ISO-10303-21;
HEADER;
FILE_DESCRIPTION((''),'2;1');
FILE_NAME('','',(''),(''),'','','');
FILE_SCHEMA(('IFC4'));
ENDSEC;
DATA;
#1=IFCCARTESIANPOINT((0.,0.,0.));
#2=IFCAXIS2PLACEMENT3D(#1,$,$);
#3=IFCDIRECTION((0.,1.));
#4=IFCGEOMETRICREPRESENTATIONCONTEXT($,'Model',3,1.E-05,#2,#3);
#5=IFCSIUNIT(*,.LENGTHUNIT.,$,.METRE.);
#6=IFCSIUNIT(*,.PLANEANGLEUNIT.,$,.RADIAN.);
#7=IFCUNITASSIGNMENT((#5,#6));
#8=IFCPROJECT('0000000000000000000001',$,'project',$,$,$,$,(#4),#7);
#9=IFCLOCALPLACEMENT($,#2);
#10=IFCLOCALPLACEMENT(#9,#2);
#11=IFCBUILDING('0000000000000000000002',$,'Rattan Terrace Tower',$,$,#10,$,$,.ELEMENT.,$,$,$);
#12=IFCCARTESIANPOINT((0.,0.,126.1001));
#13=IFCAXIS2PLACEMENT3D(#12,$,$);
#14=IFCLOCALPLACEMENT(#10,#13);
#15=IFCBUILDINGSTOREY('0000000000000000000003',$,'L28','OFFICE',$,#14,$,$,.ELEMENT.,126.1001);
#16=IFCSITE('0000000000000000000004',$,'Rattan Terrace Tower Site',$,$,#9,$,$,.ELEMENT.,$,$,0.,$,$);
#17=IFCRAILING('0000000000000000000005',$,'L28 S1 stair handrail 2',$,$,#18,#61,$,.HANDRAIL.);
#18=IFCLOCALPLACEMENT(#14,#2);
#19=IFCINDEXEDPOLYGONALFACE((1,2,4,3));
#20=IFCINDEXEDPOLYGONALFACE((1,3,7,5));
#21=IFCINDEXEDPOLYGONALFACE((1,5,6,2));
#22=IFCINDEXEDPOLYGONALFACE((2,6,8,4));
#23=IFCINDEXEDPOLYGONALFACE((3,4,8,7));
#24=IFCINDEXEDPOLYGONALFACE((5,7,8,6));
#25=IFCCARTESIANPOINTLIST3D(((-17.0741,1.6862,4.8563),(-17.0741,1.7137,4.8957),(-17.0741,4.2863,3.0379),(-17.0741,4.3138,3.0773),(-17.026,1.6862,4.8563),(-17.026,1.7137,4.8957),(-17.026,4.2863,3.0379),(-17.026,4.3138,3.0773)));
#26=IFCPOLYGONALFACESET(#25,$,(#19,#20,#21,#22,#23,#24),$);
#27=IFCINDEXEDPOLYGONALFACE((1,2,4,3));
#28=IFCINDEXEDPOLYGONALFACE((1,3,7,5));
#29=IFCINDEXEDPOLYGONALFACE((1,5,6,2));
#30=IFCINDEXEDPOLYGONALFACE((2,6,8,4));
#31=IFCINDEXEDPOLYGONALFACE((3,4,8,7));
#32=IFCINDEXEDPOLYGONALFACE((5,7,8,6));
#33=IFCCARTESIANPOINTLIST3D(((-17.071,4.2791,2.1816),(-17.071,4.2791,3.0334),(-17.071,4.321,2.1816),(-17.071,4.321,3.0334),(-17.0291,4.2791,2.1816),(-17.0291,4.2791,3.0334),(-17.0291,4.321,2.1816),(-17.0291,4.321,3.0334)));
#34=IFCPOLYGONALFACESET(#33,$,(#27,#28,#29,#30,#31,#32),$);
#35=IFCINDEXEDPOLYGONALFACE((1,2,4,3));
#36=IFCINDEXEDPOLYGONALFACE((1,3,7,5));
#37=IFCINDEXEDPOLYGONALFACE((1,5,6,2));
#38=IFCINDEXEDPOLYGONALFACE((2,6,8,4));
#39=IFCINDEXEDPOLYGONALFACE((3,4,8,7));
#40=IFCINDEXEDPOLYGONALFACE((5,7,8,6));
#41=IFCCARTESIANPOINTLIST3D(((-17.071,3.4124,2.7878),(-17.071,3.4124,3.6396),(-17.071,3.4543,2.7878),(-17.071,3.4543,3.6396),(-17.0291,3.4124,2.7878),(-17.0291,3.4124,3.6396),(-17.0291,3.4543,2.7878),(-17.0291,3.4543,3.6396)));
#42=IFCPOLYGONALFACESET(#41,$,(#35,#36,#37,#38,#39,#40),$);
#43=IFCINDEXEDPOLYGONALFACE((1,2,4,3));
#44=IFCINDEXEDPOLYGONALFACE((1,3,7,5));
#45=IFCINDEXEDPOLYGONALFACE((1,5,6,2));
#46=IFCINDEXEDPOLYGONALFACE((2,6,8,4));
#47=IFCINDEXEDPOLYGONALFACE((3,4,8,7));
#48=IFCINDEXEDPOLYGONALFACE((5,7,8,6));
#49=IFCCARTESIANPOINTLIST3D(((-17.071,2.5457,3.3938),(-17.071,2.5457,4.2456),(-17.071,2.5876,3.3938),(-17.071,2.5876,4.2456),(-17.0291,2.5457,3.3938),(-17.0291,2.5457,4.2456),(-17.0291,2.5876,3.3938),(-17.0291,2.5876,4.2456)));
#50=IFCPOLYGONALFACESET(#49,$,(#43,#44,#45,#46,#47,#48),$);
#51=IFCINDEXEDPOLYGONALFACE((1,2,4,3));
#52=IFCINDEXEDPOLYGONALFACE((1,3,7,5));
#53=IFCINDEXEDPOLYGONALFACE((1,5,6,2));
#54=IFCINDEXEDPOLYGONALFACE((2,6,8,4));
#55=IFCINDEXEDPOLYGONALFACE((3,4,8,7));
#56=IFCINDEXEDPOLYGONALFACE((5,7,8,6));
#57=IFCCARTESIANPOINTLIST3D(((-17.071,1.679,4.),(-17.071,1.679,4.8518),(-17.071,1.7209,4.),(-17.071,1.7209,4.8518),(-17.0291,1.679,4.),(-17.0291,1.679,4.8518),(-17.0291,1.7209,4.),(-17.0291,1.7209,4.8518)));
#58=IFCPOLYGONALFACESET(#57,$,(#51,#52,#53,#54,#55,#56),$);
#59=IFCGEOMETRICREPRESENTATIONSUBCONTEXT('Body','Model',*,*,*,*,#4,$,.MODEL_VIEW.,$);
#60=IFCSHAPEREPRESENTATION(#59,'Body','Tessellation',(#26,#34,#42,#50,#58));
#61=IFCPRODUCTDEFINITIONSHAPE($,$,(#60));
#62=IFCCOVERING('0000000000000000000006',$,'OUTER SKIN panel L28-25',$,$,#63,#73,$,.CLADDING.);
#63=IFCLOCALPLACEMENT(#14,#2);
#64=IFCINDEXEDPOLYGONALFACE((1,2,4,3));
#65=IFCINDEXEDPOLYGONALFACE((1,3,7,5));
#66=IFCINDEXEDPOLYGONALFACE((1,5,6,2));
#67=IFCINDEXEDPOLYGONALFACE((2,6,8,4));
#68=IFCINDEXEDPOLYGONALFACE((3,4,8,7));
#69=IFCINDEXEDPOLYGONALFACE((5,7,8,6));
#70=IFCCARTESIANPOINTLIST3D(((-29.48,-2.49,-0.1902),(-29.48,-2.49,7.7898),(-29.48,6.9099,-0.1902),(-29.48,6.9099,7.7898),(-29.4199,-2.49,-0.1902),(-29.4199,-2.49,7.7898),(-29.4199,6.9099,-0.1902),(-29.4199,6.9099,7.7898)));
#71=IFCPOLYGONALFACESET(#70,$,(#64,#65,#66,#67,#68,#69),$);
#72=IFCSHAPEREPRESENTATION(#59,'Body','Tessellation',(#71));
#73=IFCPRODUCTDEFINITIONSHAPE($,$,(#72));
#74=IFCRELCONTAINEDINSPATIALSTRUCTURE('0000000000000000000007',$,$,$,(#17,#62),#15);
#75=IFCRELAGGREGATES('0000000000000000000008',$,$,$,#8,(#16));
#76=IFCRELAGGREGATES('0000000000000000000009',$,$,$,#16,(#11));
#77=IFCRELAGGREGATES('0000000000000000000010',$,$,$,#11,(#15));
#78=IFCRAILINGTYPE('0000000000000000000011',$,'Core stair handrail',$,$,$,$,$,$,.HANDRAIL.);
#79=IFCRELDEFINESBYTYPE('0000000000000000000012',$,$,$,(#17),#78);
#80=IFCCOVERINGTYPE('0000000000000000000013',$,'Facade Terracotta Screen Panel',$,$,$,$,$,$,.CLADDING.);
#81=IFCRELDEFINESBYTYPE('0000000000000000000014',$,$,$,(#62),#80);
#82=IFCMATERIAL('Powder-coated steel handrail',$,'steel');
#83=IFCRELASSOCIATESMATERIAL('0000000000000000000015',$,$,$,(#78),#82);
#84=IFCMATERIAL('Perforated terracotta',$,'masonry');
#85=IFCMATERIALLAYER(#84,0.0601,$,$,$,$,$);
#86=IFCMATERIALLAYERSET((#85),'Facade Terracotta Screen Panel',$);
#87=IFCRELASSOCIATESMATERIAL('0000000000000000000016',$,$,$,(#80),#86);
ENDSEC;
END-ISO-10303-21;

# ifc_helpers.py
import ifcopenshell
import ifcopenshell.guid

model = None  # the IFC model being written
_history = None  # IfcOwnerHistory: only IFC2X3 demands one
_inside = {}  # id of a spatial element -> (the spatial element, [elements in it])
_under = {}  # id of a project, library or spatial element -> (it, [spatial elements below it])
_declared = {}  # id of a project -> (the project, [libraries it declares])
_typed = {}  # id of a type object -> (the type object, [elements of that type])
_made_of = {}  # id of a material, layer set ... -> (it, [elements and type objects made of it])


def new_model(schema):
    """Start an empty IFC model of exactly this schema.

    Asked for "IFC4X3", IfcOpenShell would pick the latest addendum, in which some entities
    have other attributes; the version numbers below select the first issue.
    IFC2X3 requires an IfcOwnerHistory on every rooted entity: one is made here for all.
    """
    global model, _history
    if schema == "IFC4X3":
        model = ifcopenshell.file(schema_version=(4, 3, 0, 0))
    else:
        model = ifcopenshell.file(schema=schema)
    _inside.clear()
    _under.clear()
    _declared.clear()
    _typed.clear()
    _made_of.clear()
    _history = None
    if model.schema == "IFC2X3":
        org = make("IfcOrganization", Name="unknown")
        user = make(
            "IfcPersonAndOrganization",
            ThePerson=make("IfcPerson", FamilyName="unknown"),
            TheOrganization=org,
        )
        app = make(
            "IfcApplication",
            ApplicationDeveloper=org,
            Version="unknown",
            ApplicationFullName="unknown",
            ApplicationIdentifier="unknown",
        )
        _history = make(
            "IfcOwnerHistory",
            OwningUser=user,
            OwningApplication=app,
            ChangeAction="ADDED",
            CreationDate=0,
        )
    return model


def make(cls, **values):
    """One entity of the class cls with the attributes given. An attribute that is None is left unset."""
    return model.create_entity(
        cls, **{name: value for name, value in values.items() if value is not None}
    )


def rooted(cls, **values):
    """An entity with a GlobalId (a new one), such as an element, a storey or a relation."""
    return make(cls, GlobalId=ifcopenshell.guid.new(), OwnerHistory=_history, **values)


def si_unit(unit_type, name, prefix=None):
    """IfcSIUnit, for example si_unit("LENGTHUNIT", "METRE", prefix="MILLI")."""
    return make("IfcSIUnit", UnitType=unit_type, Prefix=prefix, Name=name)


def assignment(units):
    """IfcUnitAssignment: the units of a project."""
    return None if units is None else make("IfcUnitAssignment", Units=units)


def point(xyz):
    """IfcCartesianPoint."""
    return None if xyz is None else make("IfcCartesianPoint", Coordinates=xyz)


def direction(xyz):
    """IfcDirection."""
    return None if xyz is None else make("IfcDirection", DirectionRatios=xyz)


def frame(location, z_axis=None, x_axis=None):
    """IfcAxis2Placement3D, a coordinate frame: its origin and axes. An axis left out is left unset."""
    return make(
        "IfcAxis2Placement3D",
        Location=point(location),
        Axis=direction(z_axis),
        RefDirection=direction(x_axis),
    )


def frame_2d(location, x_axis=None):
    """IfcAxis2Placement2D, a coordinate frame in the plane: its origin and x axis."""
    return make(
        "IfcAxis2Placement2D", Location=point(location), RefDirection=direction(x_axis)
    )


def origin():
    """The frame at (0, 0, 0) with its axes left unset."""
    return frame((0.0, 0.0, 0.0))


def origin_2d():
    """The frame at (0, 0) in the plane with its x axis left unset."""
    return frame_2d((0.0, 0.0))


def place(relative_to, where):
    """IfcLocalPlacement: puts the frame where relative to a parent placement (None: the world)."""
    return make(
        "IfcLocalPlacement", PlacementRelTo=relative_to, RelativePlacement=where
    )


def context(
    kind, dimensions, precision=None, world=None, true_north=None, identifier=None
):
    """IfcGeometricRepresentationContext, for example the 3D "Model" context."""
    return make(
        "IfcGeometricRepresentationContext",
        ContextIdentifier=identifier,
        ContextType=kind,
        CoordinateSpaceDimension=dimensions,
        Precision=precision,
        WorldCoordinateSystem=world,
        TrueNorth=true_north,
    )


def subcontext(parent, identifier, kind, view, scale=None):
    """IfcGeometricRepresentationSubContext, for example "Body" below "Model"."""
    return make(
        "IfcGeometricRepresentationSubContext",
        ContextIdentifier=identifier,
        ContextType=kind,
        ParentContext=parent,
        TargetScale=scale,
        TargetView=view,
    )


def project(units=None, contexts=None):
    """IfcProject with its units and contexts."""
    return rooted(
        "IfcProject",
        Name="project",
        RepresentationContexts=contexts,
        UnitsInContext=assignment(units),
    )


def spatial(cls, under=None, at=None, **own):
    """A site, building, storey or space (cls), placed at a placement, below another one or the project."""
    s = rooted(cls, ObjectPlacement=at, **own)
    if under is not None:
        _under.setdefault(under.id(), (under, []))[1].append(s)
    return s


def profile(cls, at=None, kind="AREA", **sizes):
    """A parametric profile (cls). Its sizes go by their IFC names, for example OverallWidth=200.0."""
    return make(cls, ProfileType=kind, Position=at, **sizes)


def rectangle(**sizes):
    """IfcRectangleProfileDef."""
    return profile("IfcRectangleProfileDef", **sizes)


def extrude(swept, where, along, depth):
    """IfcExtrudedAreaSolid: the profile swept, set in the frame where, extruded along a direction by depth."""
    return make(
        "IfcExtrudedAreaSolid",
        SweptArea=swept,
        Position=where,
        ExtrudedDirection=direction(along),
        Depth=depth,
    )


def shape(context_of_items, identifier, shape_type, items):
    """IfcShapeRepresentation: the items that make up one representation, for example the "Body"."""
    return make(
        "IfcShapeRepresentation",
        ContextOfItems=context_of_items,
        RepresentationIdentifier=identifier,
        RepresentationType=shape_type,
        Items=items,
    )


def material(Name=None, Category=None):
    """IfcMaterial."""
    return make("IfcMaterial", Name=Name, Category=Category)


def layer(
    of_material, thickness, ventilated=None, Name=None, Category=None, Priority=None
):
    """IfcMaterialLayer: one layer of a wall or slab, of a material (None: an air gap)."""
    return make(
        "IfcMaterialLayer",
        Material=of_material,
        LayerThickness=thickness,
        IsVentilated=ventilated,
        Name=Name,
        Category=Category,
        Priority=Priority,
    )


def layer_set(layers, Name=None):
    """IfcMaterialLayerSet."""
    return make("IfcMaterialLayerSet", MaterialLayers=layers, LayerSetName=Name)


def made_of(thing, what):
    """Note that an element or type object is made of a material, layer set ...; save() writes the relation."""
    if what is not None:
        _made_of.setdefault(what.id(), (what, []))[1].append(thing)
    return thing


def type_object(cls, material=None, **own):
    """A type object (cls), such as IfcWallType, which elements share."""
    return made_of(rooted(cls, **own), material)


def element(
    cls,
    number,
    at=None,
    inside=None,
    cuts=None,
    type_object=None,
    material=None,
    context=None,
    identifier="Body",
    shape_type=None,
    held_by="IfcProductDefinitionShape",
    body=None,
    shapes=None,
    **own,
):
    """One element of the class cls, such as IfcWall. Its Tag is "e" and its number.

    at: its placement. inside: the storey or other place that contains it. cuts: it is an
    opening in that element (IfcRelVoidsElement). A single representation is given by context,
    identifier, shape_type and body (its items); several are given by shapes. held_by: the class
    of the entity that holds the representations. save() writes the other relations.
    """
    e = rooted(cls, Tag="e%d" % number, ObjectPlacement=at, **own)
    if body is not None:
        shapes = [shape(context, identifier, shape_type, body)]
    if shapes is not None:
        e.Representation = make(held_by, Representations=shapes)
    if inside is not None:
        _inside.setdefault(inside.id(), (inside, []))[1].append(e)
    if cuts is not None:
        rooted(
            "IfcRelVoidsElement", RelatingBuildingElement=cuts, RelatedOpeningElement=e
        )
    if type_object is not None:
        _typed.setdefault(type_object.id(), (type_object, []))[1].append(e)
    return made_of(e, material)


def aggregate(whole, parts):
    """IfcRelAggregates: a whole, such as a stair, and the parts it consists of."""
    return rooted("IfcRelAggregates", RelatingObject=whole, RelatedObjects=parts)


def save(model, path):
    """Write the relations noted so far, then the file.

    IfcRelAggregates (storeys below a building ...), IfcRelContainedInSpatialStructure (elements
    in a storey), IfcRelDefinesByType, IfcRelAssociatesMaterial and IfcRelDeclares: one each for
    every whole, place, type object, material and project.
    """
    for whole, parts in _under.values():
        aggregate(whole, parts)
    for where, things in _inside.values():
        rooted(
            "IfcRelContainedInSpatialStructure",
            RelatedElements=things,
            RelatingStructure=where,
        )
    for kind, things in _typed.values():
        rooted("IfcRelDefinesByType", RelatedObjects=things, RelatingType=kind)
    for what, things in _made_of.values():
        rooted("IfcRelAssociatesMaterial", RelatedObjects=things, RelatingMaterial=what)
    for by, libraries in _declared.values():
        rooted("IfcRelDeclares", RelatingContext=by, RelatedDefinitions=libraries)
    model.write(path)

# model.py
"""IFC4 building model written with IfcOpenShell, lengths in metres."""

from ifc_helpers import new_model, si_unit, direction, frame, origin, origin_2d, place, context, subcontext, project, spatial, rectangle, extrude, material, layer, layer_set, type_object, element, save


model = new_model("IFC4")

# Units and contexts
model_context = context("Model", 3, precision=1e-05, world=origin(), true_north=direction((0.0, 1.0)))
body_context = subcontext(model_context, "Body", "Model", "MODEL_VIEW")
ifc_project = project(units=[si_unit("LENGTHUNIT", "METRE"), si_unit("PLANEANGLEUNIT", "RADIAN")], contexts=[model_context])

# Site, building, storey
site_placement = place(None, origin())
site = spatial("IfcSite", under=ifc_project, at=site_placement, Name="Rattan Terrace Tower Site", CompositionType="ELEMENT", RefElevation=0.0)
building_placement = place(site_placement, origin())
building = spatial("IfcBuilding", under=site, at=building_placement, Name="Rattan Terrace Tower", CompositionType="ELEMENT")
storey_placement = place(building_placement, frame((0.0, 0.0, 126.1001)))
storey = spatial("IfcBuildingStorey", under=building, at=storey_placement, Name="L28", Description="OFFICE", CompositionType="ELEMENT", Elevation=126.1001)

# Railing
ifc_material_1 = material(Name="Powder-coated steel handrail", Category="steel")
railing_type_1 = type_object("IfcRailingType", Name="Core stair handrail", PredefinedType="HANDRAIL", material=ifc_material_1)
railing_1_placement = place(storey_placement, frame((-17.05, 4.3, 2.1816)))
element("IfcRailing", 1, at=railing_1_placement, inside=storey, type_object=railing_type_1, Name="L28 S1 stair handrail 2", PredefinedType="HANDRAIL", context=body_context, shape_type="SweptSolid", body=[
    extrude(rectangle(XDim=0.0481, YDim=0.0481, at=origin_2d()), frame((0.0, 0.0, 0.876), z_axis=(0.0, -0.819485, 0.573101), x_axis=(1.0, 0.0, 0.0)), (0.0, 0.0, 1.0), 3.1729),
    extrude(rectangle(XDim=0.042, YDim=0.042, at=origin_2d()), origin(), (0.0, 0.0, 1.0), 0.8518),
    extrude(rectangle(XDim=0.042, YDim=0.042, at=origin_2d()), frame((0.0, -0.8667, 0.6062)), (0.0, 0.0, 1.0), 0.8518),
    extrude(rectangle(XDim=0.042, YDim=0.042, at=origin_2d()), frame((0.0, -1.7334, 1.2122)), (0.0, 0.0, 1.0), 0.8518),
    extrude(rectangle(XDim=0.042, YDim=0.042, at=origin_2d()), frame((0.0, -2.6001, 1.8184)), (0.0, 0.0, 1.0), 0.8518),
])

# Covering
ifc_material_2 = material(Name="Perforated terracotta", Category="masonry")
ifc_layer_1 = layer(ifc_material_2, 0.0601)
ifc_layer_set_1 = layer_set([ifc_layer_1], Name="Facade Terracotta Screen Panel")
covering_type = type_object("IfcCoveringType", Name="Facade Terracotta Screen Panel", PredefinedType="CLADDING", material=ifc_layer_set_1)
covering_placement = place(storey_placement, frame((-29.45, 2.21, -0.1902), z_axis=(0.0, 0.0, 1.0), x_axis=(0.0, -1.0, 0.0)))
element("IfcCovering", 2, at=covering_placement, inside=storey, type_object=covering_type, Name="OUTER SKIN panel L28-25", PredefinedType="CLADDING", context=body_context, shape_type="SweptSolid", body=[
    extrude(rectangle(XDim=9.3999, YDim=0.0601, at=origin_2d()), origin(), (0.0, 0.0, 1.0), 7.98),
])

save(model, "model.ifc")
